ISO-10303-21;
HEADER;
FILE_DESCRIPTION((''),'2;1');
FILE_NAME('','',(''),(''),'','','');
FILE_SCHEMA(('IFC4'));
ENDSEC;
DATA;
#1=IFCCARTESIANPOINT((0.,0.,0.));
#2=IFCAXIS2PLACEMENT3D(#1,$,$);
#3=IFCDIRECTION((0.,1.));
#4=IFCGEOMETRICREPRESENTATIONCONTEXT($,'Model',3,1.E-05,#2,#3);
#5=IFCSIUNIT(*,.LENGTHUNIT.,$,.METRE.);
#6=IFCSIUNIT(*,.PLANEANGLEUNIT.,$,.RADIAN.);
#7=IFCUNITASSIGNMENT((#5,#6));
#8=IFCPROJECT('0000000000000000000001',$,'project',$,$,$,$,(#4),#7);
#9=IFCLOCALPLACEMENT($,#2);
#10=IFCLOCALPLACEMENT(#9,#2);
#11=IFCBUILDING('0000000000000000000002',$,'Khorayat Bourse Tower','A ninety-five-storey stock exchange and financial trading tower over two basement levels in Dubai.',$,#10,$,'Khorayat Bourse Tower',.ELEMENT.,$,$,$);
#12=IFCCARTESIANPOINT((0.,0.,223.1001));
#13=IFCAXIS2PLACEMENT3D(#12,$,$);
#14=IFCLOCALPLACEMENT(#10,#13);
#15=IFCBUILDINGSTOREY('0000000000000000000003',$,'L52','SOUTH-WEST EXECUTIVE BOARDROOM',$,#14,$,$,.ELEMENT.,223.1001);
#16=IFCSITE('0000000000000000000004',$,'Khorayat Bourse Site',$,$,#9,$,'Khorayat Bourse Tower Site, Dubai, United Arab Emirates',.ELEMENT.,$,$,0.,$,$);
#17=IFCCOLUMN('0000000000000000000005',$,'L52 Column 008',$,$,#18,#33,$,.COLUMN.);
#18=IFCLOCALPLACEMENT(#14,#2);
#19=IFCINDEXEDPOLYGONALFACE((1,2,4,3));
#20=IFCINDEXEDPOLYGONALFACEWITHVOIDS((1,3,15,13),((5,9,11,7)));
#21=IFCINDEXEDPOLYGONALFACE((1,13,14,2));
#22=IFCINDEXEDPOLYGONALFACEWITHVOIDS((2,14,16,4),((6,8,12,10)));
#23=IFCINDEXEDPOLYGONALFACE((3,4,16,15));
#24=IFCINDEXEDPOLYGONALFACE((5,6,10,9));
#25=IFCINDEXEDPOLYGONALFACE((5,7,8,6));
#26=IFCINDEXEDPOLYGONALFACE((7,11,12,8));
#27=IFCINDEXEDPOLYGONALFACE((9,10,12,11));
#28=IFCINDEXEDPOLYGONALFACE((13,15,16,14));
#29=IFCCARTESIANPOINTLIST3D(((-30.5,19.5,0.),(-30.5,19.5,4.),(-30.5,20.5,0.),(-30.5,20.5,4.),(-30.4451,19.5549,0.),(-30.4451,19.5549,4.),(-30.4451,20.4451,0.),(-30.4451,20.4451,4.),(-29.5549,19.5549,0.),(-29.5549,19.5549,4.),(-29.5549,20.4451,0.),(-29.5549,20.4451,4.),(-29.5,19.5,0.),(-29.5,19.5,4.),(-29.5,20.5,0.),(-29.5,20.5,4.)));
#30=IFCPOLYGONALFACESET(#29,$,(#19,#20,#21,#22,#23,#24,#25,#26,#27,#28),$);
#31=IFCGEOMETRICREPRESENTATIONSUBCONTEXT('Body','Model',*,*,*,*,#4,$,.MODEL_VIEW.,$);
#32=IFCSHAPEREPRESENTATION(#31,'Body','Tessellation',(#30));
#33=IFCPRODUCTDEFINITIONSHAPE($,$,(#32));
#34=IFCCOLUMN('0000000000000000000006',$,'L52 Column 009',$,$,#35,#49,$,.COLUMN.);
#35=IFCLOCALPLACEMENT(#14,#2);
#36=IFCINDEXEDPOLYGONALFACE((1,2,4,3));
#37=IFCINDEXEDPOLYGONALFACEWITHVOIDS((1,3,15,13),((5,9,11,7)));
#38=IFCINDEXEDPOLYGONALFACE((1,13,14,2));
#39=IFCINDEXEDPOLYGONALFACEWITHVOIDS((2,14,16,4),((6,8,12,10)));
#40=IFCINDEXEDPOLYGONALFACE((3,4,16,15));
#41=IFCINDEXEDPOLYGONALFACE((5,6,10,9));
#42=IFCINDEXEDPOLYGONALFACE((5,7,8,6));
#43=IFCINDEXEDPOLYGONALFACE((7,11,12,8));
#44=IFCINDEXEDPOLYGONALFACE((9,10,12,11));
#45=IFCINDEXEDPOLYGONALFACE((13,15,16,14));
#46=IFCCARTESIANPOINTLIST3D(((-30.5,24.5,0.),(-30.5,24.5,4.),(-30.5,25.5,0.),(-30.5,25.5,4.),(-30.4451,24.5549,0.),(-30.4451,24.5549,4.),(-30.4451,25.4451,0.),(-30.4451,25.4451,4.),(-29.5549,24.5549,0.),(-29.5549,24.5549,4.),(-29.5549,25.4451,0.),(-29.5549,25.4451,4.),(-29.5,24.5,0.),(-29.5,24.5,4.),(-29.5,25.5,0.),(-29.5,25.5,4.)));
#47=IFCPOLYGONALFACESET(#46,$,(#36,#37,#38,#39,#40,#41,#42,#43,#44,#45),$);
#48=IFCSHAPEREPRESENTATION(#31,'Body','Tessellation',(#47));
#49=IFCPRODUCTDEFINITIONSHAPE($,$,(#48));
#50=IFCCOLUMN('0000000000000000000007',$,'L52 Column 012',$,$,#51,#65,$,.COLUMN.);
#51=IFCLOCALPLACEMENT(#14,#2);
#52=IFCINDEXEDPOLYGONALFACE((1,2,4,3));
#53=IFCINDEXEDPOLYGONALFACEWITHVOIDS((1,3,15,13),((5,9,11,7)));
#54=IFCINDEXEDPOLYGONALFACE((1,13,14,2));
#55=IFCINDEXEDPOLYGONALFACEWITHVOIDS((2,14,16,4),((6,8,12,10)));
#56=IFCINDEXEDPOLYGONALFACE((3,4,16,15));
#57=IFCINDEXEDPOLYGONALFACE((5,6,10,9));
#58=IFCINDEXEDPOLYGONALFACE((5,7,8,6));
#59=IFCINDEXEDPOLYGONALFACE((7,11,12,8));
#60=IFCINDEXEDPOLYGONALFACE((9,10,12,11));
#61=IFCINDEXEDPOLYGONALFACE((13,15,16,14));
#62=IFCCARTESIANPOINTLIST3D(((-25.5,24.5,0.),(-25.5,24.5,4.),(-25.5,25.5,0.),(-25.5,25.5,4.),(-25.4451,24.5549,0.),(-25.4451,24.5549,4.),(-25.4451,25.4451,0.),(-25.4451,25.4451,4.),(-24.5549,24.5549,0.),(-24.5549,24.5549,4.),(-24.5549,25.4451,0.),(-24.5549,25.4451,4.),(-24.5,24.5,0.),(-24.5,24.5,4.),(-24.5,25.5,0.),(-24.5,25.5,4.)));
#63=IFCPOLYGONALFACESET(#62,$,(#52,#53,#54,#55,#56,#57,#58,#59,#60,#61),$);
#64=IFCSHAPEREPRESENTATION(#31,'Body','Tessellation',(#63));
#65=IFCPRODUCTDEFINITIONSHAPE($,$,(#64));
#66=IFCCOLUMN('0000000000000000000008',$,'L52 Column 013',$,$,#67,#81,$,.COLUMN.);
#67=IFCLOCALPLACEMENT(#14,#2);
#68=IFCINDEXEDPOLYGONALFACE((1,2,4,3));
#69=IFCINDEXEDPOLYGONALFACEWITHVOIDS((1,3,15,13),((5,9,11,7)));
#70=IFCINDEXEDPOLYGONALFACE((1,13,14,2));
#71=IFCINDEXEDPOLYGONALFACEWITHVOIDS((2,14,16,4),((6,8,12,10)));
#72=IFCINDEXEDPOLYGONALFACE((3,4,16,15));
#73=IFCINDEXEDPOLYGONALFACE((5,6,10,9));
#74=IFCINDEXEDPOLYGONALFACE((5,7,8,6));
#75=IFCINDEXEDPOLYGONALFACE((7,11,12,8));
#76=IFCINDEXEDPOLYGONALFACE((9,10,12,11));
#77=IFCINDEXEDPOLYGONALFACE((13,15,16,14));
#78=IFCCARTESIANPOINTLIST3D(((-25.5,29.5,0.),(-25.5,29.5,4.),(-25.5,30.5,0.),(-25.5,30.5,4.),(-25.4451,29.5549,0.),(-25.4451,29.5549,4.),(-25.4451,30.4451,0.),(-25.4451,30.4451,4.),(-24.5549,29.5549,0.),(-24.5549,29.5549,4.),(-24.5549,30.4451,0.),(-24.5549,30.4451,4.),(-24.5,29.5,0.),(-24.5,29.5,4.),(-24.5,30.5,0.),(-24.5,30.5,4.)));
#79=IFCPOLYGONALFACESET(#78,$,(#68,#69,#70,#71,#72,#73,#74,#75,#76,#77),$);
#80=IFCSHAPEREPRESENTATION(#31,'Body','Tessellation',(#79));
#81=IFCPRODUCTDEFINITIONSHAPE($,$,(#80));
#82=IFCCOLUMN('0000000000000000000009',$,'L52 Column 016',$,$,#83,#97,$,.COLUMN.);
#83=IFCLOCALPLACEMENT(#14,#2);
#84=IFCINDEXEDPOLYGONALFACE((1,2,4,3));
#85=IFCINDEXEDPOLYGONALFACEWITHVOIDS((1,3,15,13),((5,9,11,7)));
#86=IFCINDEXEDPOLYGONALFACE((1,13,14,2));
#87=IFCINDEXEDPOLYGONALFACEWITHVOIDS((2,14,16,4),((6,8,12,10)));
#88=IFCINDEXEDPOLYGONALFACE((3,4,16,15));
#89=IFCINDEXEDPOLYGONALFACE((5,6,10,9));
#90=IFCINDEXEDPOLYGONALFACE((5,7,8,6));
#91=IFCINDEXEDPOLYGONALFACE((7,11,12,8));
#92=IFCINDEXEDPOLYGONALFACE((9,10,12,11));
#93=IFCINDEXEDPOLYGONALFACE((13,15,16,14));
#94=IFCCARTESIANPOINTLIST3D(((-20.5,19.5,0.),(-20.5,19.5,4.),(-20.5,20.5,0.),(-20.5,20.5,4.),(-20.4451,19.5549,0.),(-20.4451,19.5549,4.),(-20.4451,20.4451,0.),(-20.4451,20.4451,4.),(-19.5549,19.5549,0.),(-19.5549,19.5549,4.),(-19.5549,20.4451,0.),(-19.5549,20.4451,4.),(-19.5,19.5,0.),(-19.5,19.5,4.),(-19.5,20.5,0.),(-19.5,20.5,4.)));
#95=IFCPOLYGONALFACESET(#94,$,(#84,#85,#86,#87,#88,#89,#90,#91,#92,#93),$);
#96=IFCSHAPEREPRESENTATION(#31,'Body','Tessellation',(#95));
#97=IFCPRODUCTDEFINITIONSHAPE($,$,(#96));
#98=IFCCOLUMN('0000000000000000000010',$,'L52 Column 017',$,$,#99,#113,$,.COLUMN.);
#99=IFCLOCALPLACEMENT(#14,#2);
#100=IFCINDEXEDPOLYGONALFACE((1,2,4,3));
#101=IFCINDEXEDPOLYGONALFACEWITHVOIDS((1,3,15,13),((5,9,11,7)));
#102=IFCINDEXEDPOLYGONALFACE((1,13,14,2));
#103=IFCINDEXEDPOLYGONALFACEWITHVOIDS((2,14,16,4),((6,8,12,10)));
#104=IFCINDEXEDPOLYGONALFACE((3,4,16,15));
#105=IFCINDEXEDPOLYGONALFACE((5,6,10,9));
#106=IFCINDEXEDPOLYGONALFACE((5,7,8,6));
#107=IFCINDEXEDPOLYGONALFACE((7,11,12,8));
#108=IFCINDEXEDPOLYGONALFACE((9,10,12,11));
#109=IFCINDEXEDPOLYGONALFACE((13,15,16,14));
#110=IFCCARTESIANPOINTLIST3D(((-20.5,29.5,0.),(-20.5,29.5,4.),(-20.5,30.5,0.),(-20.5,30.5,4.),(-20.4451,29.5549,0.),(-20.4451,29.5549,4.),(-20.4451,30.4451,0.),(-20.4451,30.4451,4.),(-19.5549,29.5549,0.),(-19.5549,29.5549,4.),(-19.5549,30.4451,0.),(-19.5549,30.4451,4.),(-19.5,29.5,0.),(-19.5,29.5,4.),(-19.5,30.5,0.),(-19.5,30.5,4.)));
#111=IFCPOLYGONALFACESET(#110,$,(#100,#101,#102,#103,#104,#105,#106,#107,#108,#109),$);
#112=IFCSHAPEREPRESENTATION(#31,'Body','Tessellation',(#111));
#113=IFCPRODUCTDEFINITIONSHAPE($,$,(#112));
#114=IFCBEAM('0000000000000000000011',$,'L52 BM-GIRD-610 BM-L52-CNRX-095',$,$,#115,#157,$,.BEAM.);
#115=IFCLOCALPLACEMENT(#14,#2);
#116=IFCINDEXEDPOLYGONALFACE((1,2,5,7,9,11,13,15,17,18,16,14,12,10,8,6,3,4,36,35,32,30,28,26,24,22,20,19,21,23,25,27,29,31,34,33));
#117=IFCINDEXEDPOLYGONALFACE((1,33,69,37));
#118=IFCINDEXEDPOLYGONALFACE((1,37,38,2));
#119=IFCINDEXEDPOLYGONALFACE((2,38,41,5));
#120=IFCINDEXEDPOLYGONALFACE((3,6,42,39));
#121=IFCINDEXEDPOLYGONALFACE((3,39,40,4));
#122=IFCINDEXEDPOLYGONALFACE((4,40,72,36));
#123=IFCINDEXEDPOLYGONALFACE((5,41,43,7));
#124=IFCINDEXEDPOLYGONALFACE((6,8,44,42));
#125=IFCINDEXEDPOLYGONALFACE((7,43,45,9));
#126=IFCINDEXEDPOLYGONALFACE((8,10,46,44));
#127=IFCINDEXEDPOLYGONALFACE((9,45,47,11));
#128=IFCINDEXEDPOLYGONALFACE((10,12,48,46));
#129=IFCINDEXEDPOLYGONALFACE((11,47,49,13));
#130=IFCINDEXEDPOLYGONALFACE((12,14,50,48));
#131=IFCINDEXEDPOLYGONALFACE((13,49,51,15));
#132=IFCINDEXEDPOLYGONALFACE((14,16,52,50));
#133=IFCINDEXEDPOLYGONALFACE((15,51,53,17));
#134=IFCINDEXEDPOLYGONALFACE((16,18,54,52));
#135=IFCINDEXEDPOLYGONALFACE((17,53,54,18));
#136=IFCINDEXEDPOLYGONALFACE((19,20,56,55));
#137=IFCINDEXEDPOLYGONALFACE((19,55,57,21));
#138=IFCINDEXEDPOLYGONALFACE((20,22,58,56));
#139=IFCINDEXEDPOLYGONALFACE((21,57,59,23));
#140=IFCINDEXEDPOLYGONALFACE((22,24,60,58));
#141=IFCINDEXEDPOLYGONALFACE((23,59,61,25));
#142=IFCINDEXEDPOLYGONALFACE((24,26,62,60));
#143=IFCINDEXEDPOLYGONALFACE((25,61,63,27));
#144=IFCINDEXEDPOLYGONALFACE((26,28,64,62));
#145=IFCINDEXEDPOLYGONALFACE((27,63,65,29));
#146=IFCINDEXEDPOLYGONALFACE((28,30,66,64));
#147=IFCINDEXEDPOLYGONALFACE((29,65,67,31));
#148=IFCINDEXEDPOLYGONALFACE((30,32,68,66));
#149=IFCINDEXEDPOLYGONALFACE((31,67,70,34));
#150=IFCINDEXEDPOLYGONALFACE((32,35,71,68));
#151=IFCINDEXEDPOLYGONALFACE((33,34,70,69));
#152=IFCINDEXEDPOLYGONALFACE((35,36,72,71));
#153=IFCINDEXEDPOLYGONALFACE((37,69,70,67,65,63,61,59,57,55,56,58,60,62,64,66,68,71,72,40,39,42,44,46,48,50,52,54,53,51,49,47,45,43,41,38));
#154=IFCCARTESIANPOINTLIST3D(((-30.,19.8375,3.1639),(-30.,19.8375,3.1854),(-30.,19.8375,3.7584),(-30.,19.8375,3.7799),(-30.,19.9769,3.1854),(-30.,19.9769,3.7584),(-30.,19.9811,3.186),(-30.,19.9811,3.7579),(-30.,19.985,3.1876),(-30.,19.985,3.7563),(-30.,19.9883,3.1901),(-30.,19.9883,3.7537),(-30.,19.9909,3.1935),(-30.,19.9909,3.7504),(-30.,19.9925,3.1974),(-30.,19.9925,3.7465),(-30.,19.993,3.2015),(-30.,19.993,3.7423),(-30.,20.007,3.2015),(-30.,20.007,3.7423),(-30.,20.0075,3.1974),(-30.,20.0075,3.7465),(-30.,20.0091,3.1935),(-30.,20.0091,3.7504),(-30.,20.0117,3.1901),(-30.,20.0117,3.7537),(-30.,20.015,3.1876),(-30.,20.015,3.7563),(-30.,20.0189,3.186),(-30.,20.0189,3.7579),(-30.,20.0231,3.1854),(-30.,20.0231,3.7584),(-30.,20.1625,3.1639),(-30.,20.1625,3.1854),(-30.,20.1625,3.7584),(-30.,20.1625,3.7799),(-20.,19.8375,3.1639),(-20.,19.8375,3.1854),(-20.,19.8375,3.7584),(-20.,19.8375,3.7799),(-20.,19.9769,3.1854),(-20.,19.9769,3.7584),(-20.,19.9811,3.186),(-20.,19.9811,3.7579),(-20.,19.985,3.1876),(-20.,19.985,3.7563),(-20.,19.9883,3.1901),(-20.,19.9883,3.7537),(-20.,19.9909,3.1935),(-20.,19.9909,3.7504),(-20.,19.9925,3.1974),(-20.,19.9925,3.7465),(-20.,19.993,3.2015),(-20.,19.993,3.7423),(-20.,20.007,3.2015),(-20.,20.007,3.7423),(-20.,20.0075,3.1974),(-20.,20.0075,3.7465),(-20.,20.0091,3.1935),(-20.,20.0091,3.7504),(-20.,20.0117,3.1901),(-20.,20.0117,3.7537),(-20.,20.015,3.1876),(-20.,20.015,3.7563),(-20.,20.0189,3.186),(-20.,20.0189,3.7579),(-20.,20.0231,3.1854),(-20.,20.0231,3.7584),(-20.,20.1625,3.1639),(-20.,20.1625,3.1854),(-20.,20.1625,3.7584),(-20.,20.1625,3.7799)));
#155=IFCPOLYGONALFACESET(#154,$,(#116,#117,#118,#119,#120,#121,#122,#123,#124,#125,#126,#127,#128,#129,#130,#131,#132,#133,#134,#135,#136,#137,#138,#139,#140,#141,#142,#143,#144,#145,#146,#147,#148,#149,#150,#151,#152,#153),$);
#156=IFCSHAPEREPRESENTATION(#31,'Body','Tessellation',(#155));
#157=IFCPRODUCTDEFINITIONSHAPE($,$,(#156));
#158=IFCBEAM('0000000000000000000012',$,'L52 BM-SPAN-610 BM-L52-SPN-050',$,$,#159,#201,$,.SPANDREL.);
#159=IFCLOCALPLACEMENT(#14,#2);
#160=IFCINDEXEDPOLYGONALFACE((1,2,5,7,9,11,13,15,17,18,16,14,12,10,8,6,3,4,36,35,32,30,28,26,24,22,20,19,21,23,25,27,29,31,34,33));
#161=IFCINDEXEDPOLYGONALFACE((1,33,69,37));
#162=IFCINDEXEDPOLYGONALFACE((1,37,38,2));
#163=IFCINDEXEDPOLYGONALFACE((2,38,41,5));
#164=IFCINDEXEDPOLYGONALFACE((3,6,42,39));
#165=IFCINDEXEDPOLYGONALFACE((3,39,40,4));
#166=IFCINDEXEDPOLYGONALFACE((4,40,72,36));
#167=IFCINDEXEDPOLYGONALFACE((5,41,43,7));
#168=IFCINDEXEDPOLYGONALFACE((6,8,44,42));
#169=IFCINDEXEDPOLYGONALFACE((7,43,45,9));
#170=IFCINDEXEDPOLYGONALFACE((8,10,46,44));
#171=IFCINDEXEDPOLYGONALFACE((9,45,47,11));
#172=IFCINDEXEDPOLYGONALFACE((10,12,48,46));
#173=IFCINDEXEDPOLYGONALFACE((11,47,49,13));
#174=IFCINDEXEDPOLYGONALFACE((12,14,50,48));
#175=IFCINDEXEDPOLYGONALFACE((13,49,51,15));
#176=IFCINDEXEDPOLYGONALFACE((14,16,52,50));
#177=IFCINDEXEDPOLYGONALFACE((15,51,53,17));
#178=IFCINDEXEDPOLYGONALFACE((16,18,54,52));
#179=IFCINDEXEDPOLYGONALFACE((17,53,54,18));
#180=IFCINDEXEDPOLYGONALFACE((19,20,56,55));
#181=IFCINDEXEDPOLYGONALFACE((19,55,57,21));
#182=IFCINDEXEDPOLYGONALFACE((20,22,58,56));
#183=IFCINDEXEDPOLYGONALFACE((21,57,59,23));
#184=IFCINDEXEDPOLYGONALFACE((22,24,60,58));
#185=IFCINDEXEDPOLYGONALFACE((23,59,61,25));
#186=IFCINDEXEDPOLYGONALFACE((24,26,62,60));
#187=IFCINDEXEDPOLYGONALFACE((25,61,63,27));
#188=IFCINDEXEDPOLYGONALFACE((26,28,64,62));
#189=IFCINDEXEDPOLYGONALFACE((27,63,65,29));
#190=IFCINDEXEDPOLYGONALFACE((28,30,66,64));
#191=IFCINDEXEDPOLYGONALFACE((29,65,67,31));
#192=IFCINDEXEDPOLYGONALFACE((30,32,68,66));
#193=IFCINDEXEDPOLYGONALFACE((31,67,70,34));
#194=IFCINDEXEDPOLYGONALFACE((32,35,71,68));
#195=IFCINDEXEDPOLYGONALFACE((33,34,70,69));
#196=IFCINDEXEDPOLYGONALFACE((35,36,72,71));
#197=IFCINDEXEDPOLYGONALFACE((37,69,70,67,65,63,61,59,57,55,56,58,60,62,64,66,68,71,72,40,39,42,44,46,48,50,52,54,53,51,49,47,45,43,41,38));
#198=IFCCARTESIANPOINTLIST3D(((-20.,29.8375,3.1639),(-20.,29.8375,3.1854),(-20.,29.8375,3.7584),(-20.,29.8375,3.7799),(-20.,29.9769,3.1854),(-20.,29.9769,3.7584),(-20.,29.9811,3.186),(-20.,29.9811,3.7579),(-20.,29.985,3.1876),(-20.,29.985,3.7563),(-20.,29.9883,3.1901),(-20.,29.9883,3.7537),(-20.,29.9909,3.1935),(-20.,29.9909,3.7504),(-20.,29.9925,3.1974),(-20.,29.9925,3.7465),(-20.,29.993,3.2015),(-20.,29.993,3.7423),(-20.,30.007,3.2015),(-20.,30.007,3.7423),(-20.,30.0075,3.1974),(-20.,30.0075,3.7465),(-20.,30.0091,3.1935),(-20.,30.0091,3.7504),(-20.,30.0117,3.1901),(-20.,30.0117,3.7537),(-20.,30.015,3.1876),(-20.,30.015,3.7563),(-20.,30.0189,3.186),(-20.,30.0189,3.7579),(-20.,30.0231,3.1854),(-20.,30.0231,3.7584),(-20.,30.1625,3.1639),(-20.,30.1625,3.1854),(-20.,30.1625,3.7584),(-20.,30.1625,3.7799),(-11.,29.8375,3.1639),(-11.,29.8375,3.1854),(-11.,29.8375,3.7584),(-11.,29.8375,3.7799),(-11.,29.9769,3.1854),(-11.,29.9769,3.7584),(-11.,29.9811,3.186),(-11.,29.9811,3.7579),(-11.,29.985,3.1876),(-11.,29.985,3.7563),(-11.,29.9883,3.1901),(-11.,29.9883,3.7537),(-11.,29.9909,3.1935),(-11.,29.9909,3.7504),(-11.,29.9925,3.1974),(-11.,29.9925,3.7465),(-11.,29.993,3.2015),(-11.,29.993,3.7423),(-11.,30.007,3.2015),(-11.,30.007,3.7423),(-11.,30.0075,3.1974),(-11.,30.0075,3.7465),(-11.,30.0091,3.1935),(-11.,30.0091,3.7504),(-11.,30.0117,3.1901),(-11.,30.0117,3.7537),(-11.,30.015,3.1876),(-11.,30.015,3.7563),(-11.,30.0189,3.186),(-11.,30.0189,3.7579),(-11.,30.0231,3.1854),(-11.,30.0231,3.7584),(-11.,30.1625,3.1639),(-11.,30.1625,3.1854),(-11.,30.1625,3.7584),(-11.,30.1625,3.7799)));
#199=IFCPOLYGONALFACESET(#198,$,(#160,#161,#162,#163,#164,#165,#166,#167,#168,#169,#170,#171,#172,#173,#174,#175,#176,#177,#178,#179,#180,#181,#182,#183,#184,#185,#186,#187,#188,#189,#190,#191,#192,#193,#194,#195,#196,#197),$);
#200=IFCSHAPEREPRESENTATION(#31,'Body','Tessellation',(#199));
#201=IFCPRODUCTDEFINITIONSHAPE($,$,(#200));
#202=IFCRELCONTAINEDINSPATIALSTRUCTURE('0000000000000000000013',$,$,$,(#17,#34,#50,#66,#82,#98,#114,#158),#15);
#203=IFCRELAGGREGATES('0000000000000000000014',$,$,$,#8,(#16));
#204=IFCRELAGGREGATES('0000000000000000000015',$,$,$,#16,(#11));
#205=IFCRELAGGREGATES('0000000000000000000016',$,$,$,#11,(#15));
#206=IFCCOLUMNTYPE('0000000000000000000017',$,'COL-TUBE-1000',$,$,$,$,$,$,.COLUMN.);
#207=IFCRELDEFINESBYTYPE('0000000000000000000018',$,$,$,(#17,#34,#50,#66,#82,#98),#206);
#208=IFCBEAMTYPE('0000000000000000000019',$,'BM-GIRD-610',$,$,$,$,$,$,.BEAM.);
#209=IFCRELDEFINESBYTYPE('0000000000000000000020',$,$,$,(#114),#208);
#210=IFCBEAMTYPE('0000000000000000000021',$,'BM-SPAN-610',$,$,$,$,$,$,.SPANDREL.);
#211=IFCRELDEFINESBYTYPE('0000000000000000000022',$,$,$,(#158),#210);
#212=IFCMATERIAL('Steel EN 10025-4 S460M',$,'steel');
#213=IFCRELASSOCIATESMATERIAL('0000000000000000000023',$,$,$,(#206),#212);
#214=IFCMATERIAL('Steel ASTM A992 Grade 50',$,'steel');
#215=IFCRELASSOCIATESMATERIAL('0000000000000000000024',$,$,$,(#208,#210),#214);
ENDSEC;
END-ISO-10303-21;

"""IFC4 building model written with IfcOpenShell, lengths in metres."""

from ifc_helpers import new_model, si_unit, direction, frame, origin, origin_2d, place, context, subcontext, project, spatial, hollow_rectangle, i_section, extrude, source, transform, mapped, material, material_profile, profile_set, type_object, element, save


model = new_model("IFC4")

# Units and contexts
model_context = context("Model", 3, precision=1e-05, world=origin(), true_north=direction((0.0, 1.0)))
body_context = subcontext(model_context, "Body", "Model", "MODEL_VIEW")
ifc_project = project(units=[si_unit("LENGTHUNIT", "METRE"), si_unit("PLANEANGLEUNIT", "RADIAN")], contexts=[model_context])

# Site, building, storey
site_placement = place(None, origin())
site = spatial("IfcSite", under=ifc_project, at=site_placement, Name="Khorayat Bourse Site", LongName="Khorayat Bourse Tower Site, Dubai, United Arab Emirates", CompositionType="ELEMENT", RefElevation=0.0)
building_placement = place(site_placement, origin())
building = spatial("IfcBuilding", under=site, at=building_placement, Name="Khorayat Bourse Tower", Description="A ninety-five-storey stock exchange and financial trading tower over two basement levels in Dubai.", LongName="Khorayat Bourse Tower", CompositionType="ELEMENT")
storey_placement = place(building_placement, frame((0.0, 0.0, 223.1001)))
storey = spatial("IfcBuildingStorey", under=building, at=storey_placement, Name="L52", Description="SOUTH-WEST EXECUTIVE BOARDROOM", CompositionType="ELEMENT", Elevation=223.1001)

# Columns
ifc_material_1 = material(Name="Steel EN 10025-4 S460M", Category="steel")
ifc_material_profile_1 = material_profile(ifc_material_1, hollow_rectangle(XDim=1.0, YDim=1.0, WallThickness=0.0549, at=origin_2d()), Name="BOX 1000x1000x55")
ifc_profile_set_1 = profile_set([ifc_material_profile_1], Name="Steel EN 10025-4 S460M")
column_type = type_object("IfcColumnType", Name="COL-TUBE-1000", PredefinedType="COLUMN", material=ifc_profile_set_1)
shared_shape_1 = source(origin(), body_context, "Body", "SweptSolid", [
    extrude(hollow_rectangle(XDim=1.0, YDim=1.0, WallThickness=0.0549, at=origin_2d()), origin(), (0.0, 0.0, 1.0), 4.0),
])
for number, where, z_axis, x_axis, name in (
    (1, (-30.0, 20.0, 0.0), (0.0, 0.0, 1.0), (1.0, 0.0, 0.0), "L52 Column 008"),
    (2, (-30.0, 25.0, 0.0), (0.0, 0.0, 1.0), (1.0, 0.0, 0.0), "L52 Column 009"),
    (3, (-25.0, 25.0, 0.0), (0.0, 0.0, 1.0), (1.0, 0.0, 0.0), "L52 Column 012"),
    (4, (-25.0, 30.0, 0.0), (0.0, 0.0, 1.0), (1.0, 0.0, 0.0), "L52 Column 013"),
    (5, (-20.0, 20.0, 0.0), (0.0, 0.0, 1.0), (1.0, 0.0, 0.0), "L52 Column 016"),
    (6, (-20.0, 30.0, 0.0), (0.0, 0.0, 1.0), (1.0, 0.0, 0.0), "L52 Column 017"),
):
    element("IfcColumn", number, at=place(storey_placement, frame(where, z_axis=z_axis, x_axis=x_axis)), inside=storey, type_object=column_type, Name=name, PredefinedType="COLUMN", context=body_context, shape_type="MappedRepresentation", body=[
        mapped(shared_shape_1, transform((0.0, 0.0, 0.0), scale=1.0)),
    ])

# Beams
ifc_material_2 = material(Name="Steel ASTM A992 Grade 50", Category="steel")
ifc_material_profile_2 = material_profile(ifc_material_2, i_section(OverallWidth=0.325, OverallDepth=0.616, WebThickness=0.0139, FlangeThickness=0.0215, FilletRadius=0.0161, at=origin_2d()), Name="W610X174")
ifc_profile_set_2 = profile_set([ifc_material_profile_2], Name="Steel ASTM A992 Grade 50")
beam_type_1 = type_object("IfcBeamType", Name="BM-GIRD-610", PredefinedType="BEAM", material=ifc_profile_set_2)
shared_shape_2 = source(origin(), body_context, "Body", "SweptSolid", [
    extrude(i_section(OverallWidth=0.325, OverallDepth=0.616, WebThickness=0.0139, FlangeThickness=0.0215, FilletRadius=0.0161, at=origin_2d()), origin(), (0.0, 0.0, 1.0), 10.0),
])
beam_1_placement = place(storey_placement, frame((-30.0, 20.0, 3.4719), z_axis=(1.0, 0.0, 0.0), x_axis=(0.0, 1.0, 0.0)))
element("IfcBeam", 7, at=beam_1_placement, inside=storey, type_object=beam_type_1, Name="L52 BM-GIRD-610 BM-L52-CNRX-095", PredefinedType="BEAM", context=body_context, shape_type="MappedRepresentation", body=[
    mapped(shared_shape_2, transform((0.0, 0.0, 0.0), scale=1.0)),
])
ifc_material_profile_3 = material_profile(ifc_material_2, i_section(OverallWidth=0.325, OverallDepth=0.616, WebThickness=0.0139, FlangeThickness=0.0215, FilletRadius=0.0161, at=origin_2d()), Name="W610X174")
ifc_profile_set_3 = profile_set([ifc_material_profile_3], Name="Steel ASTM A992 Grade 50")
beam_type_2 = type_object("IfcBeamType", Name="BM-SPAN-610", PredefinedType="SPANDREL", material=ifc_profile_set_3)
shared_shape_3 = source(origin(), body_context, "Body", "SweptSolid", [
    extrude(i_section(OverallWidth=0.325, OverallDepth=0.616, WebThickness=0.0139, FlangeThickness=0.0215, FilletRadius=0.0161, at=origin_2d()), origin(), (0.0, 0.0, 1.0), 9.0),
])
beam_2_placement = place(storey_placement, frame((-20.0, 30.0, 3.4719), z_axis=(1.0, 0.0, 0.0), x_axis=(0.0, 1.0, 0.0)))
element("IfcBeam", 8, at=beam_2_placement, inside=storey, type_object=beam_type_2, Name="L52 BM-SPAN-610 BM-L52-SPN-050", PredefinedType="SPANDREL", context=body_context, shape_type="MappedRepresentation", body=[
    mapped(shared_shape_3, transform((0.0, 0.0, 0.0), scale=1.0)),
])

save(model, "model.ifc")
